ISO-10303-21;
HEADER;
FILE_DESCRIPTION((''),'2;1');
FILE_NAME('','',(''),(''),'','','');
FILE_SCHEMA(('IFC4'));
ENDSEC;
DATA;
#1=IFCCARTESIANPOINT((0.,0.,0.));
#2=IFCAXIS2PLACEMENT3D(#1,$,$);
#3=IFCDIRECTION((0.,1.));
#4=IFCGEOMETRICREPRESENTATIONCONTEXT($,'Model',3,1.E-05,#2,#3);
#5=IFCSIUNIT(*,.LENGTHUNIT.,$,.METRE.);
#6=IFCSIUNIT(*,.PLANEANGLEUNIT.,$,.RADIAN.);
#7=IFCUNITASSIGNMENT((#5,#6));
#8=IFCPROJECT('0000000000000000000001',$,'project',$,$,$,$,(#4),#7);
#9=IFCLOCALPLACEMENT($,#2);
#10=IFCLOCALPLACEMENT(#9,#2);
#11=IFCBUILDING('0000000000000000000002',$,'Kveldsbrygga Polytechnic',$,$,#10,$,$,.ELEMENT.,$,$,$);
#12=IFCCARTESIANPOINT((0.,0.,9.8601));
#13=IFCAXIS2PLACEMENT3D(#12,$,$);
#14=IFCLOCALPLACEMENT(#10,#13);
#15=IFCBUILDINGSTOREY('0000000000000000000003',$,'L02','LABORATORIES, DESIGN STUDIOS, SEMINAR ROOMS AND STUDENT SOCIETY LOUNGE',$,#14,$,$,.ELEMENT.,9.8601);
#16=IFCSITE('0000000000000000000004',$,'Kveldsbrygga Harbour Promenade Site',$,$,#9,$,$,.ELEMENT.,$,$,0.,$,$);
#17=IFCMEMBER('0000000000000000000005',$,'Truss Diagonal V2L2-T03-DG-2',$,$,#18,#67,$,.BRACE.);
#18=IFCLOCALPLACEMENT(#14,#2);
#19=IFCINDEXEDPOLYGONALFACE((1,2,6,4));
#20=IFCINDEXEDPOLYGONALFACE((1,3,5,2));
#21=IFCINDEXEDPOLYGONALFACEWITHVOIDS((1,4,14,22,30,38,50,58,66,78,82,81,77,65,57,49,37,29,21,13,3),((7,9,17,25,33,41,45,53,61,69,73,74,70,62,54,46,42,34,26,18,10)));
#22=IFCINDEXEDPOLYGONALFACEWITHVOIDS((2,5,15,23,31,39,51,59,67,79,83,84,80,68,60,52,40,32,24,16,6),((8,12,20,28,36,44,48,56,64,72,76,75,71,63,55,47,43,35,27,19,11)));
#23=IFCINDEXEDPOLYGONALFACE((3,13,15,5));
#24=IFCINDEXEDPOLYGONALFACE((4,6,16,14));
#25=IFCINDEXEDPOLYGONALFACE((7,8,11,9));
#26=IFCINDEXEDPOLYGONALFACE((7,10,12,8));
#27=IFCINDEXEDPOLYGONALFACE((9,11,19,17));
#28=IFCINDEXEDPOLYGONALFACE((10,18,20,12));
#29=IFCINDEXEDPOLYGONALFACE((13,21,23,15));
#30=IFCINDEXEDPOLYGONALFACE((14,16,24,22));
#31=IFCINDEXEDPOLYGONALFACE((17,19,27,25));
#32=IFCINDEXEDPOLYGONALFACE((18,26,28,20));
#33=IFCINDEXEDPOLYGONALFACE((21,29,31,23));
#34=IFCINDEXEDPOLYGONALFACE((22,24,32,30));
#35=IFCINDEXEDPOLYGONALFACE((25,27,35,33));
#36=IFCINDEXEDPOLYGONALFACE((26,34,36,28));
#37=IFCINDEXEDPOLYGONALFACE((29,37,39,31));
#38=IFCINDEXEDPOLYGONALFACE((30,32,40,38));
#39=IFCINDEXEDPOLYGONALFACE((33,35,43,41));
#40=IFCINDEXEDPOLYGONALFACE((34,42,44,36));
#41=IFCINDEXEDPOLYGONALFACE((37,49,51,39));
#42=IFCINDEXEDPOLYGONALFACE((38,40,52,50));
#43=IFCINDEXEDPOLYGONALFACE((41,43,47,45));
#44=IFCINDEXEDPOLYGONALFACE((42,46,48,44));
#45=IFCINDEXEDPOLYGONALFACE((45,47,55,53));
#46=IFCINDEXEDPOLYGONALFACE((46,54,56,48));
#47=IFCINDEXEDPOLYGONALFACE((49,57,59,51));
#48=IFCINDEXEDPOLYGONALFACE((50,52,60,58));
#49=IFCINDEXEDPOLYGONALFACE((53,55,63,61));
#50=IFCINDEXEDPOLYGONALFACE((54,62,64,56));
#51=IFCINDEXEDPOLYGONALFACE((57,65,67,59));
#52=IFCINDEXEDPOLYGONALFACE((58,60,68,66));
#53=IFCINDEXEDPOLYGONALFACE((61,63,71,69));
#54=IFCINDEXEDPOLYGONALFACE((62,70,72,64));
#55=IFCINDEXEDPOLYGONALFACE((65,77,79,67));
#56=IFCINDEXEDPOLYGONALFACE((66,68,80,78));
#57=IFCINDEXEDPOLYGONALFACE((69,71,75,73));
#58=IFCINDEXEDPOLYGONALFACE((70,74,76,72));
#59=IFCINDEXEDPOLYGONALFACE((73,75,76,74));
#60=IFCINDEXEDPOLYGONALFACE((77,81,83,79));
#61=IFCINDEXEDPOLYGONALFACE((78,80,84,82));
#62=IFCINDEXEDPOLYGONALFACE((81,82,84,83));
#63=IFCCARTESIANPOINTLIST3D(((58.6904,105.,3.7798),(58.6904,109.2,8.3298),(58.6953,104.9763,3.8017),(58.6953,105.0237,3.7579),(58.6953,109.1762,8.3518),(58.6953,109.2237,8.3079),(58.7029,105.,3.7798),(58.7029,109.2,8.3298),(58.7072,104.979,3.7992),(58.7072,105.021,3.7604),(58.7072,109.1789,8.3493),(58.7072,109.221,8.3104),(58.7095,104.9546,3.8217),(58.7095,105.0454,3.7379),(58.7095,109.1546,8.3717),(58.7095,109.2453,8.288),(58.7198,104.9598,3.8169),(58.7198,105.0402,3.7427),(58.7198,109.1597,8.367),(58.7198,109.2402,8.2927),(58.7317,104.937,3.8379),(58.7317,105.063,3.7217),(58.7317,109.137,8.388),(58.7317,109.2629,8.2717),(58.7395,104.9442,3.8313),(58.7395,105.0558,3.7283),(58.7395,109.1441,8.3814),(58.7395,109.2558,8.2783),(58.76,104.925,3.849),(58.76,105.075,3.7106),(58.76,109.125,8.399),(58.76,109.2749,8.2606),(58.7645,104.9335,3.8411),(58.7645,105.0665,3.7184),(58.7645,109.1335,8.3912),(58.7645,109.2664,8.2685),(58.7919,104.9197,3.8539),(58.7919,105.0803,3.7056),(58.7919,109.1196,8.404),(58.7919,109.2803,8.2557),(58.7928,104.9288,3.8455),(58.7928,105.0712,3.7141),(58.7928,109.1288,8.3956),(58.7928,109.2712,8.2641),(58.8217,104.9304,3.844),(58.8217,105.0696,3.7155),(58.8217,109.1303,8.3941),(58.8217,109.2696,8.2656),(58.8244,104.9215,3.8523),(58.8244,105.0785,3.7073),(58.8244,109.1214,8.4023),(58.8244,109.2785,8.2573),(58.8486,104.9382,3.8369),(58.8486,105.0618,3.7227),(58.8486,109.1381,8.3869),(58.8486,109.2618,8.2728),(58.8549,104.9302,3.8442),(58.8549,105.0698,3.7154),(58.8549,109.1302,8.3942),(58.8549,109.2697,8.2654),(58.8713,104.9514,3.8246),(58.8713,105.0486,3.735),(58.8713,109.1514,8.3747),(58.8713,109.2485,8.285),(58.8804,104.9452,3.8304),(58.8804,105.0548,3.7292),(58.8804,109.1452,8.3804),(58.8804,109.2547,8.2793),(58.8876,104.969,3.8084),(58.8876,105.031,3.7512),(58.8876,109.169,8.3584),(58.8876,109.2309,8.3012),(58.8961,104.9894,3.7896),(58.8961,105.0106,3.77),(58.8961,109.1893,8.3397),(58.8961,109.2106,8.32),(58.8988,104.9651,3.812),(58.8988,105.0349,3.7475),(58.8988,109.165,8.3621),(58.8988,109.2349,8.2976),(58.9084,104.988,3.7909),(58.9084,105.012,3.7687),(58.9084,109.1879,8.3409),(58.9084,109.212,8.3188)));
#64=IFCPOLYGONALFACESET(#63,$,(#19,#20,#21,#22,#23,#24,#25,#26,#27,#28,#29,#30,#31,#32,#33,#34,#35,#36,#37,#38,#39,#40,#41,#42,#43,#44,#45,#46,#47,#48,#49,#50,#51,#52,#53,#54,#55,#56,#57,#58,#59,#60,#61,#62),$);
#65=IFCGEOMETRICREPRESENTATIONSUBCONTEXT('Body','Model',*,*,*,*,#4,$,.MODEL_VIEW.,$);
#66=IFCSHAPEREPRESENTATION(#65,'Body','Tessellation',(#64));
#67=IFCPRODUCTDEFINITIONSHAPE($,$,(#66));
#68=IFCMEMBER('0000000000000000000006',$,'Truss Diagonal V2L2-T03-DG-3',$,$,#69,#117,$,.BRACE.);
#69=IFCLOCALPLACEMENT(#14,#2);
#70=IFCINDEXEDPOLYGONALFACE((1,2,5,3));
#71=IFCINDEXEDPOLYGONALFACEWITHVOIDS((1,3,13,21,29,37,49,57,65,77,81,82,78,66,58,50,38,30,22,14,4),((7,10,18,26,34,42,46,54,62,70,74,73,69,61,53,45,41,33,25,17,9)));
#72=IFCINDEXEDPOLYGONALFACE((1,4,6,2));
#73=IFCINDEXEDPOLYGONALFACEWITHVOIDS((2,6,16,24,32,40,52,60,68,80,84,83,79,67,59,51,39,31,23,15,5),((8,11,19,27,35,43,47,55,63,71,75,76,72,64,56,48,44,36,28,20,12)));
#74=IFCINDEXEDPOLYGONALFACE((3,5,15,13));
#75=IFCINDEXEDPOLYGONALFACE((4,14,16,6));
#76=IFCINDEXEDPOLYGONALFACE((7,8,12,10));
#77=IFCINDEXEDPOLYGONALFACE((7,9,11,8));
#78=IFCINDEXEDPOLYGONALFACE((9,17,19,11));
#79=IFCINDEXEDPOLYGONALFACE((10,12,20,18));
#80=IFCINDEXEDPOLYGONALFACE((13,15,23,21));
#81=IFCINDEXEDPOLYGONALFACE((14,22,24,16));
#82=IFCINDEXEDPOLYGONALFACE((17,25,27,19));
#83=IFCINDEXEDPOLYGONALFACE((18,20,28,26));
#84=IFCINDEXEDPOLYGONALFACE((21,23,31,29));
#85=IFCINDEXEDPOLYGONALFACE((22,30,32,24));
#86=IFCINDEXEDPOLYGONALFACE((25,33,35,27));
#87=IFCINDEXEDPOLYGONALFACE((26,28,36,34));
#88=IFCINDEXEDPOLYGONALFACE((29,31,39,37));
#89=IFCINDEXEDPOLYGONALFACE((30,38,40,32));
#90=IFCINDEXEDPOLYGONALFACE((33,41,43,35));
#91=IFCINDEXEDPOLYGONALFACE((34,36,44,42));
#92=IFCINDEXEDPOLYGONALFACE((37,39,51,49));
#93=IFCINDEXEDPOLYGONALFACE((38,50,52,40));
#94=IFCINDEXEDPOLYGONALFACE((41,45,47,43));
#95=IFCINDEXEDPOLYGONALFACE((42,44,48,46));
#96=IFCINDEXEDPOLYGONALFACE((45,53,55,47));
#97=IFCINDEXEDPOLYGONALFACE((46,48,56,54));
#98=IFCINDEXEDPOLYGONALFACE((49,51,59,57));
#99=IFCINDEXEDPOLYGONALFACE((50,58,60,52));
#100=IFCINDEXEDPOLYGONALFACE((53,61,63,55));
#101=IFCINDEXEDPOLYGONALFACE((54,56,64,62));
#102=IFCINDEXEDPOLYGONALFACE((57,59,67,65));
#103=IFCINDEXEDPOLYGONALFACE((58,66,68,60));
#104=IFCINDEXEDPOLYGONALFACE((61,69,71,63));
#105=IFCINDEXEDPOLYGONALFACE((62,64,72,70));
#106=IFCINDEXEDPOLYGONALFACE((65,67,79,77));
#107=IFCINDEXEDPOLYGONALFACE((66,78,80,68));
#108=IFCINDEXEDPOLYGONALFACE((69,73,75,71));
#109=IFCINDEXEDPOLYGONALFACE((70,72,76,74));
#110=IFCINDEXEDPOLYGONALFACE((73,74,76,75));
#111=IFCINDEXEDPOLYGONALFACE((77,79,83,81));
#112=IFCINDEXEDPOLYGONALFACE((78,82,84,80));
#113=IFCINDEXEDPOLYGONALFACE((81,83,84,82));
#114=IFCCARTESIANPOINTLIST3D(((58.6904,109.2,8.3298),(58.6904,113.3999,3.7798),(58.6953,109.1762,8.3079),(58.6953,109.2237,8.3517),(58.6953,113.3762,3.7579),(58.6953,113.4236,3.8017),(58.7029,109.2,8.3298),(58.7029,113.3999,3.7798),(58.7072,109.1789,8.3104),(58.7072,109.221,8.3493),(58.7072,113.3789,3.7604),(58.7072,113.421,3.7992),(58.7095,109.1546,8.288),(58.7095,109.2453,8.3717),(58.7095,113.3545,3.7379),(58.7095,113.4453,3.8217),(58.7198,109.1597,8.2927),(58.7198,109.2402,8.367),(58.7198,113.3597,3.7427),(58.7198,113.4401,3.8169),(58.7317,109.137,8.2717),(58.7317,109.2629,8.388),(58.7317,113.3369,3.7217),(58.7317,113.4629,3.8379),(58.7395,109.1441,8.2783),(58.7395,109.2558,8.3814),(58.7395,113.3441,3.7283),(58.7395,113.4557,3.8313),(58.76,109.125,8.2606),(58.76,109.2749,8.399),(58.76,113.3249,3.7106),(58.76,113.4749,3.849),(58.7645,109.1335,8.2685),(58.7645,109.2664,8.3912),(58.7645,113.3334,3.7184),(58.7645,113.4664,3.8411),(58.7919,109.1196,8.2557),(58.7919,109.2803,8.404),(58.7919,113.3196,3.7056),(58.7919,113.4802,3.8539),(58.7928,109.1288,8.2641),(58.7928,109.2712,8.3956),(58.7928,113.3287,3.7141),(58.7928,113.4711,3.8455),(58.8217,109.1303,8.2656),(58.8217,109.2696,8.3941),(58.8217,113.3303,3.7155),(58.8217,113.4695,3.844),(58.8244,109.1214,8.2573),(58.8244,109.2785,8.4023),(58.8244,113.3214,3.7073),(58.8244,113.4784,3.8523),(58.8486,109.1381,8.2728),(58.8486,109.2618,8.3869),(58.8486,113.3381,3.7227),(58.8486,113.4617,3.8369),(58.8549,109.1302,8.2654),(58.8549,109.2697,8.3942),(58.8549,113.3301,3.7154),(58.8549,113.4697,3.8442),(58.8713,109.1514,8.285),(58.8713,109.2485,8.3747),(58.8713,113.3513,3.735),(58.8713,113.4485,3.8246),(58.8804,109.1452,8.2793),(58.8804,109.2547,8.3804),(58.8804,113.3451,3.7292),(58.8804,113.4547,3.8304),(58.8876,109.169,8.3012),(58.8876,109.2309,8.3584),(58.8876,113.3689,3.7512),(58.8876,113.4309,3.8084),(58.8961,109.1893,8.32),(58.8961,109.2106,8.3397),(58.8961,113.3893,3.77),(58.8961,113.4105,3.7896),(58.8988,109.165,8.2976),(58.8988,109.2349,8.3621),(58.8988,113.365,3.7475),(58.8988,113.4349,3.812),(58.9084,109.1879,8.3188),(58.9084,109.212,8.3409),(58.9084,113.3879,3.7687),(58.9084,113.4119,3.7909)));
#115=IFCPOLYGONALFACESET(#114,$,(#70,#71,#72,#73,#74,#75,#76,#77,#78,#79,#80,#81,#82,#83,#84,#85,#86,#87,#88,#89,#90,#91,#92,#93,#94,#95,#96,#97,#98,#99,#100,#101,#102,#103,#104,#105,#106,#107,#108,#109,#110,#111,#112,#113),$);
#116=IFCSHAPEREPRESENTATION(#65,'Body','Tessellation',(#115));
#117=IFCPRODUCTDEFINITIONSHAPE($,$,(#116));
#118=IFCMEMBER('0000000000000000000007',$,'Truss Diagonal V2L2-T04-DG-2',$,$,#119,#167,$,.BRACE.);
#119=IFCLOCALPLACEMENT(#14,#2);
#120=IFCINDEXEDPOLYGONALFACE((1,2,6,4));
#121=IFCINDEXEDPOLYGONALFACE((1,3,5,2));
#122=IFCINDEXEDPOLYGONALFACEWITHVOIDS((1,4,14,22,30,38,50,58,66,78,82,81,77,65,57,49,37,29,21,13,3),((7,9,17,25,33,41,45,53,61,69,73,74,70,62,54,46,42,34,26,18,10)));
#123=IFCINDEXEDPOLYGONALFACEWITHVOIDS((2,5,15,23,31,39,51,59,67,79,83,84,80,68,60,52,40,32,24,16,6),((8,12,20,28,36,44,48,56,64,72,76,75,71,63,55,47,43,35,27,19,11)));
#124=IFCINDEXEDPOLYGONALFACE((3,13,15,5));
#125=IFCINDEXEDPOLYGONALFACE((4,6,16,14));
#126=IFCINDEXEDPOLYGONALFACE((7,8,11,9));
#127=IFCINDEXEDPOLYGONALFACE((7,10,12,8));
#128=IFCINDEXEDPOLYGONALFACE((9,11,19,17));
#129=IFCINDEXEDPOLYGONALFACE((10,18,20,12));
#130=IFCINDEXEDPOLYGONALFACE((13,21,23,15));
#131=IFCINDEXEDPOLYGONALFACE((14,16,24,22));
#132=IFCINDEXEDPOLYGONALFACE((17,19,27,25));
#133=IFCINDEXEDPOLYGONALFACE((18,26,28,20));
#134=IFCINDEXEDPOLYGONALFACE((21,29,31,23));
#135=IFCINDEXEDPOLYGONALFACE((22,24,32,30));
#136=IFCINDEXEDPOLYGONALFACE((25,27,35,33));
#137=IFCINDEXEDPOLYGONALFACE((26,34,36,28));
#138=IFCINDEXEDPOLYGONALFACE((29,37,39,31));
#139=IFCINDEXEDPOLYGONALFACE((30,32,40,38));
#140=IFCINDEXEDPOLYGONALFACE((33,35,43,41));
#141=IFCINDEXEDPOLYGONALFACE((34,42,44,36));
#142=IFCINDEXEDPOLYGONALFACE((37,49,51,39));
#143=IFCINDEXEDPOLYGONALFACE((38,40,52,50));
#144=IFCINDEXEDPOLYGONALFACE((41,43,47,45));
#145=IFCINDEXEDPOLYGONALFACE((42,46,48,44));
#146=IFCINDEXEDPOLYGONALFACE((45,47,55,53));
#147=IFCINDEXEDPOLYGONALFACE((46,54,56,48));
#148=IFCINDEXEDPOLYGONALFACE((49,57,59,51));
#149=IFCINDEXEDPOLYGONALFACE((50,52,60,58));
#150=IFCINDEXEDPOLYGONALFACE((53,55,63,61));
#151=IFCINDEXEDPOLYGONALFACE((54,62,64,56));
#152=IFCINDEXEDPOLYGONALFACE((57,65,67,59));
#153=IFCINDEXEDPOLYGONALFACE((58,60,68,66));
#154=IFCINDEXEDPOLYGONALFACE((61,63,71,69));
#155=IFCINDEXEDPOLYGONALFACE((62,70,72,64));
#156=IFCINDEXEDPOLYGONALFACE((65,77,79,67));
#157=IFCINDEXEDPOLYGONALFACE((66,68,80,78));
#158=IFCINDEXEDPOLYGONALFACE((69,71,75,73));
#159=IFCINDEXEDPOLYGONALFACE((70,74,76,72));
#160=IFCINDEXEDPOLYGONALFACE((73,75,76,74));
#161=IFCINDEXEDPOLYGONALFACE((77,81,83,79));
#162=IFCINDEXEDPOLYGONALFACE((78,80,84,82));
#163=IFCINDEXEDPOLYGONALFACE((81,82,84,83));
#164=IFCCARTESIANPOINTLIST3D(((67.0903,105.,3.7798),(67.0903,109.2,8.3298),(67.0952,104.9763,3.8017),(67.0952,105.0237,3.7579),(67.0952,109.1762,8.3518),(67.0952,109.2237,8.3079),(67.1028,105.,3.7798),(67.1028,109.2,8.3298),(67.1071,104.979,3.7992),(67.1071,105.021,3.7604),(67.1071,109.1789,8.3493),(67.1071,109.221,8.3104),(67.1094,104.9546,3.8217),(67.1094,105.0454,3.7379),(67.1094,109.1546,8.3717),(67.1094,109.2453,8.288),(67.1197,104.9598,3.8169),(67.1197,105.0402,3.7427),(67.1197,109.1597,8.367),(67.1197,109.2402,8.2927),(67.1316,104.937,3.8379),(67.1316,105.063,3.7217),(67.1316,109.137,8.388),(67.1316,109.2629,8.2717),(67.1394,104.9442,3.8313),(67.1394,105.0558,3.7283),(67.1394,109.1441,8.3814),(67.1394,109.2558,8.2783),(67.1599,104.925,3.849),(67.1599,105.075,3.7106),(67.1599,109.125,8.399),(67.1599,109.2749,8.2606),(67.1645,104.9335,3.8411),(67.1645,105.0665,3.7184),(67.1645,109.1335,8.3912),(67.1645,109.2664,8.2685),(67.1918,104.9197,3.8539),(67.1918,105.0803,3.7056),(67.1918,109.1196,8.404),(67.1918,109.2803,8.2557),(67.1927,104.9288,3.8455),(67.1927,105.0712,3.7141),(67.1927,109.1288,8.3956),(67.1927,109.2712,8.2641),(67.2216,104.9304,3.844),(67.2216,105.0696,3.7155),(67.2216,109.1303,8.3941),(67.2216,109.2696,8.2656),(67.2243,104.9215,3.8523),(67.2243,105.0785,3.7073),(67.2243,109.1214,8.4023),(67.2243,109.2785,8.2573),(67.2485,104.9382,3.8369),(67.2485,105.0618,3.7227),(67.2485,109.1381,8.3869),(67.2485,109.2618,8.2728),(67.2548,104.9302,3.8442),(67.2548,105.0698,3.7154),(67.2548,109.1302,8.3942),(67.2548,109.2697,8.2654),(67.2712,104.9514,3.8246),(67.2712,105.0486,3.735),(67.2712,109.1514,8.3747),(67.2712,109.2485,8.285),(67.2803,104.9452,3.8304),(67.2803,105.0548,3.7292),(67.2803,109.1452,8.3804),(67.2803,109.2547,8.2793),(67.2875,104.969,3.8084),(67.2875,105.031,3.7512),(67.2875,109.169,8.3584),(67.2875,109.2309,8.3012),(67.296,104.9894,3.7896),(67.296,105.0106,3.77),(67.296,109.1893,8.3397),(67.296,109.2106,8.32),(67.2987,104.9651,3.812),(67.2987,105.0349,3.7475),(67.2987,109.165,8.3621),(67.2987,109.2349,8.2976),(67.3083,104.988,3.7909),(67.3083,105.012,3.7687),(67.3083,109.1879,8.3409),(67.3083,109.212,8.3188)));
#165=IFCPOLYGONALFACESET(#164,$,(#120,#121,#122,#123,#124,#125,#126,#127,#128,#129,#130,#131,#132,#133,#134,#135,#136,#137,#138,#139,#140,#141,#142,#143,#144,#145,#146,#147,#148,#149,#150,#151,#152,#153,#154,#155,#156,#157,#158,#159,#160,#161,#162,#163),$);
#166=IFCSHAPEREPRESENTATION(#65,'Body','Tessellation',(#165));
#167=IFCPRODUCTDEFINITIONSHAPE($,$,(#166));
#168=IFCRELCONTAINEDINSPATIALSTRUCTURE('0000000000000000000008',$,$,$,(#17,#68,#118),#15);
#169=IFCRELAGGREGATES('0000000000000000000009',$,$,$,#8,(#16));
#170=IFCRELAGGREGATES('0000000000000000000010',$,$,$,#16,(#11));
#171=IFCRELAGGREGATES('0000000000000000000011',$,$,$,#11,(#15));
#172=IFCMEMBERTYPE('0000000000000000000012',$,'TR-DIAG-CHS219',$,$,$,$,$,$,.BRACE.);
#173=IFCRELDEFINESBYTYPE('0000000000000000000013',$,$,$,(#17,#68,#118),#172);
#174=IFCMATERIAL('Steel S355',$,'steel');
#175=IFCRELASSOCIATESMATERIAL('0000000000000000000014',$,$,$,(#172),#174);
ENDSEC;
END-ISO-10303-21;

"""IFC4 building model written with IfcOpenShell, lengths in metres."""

from ifc_helpers import new_model, si_unit, direction, frame, origin, origin_2d, place, context, subcontext, project, spatial, hollow_circle, extrude, material, material_profile, profile_set, type_object, element, save


model = new_model("IFC4")

# Units and contexts
model_context = context("Model", 3, precision=1e-05, world=origin(), true_north=direction((0.0, 1.0)))
body_context = subcontext(model_context, "Body", "Model", "MODEL_VIEW")
ifc_project = project(units=[si_unit("LENGTHUNIT", "METRE"), si_unit("PLANEANGLEUNIT", "RADIAN")], contexts=[model_context])

# Site, building, storey
site_placement = place(None, origin())
site = spatial("IfcSite", under=ifc_project, at=site_placement, Name="Kveldsbrygga Harbour Promenade Site", CompositionType="ELEMENT", RefElevation=0.0)
building_placement = place(site_placement, origin())
building = spatial("IfcBuilding", under=site, at=building_placement, Name="Kveldsbrygga Polytechnic", CompositionType="ELEMENT")
storey_placement = place(building_placement, frame((0.0, 0.0, 9.8601)))
storey = spatial("IfcBuildingStorey", under=building, at=storey_placement, Name="L02", Description="LABORATORIES, DESIGN STUDIOS, SEMINAR ROOMS AND STUDENT SOCIETY LOUNGE", CompositionType="ELEMENT", Elevation=9.8601)

# Members
ifc_material_1 = material(Name="Steel S355", Category="steel")
ifc_material_profile_1 = material_profile(ifc_material_1, hollow_circle(Radius=0.1096, WallThickness=0.0125, at=origin_2d()), Name="CHS 219.1x12.5")
ifc_profile_set_1 = profile_set([ifc_material_profile_1], Name="Steel S355")
member_type_1 = type_object("IfcMemberType", Name="TR-DIAG-CHS219", PredefinedType="BRACE", material=ifc_profile_set_1)
for number, where, z_axis, x_axis, name in (
    (1, (58.8, 105.0, 3.7798), (0.0, 0.678272, 0.734811), (-1.0, 0.0, 0.0), "Truss Diagonal V2L2-T03-DG-2"),
    (2, (58.8, 109.2, 8.3298), (0.0, 0.678272, -0.734811), (-1.0, 0.0, 0.0), "Truss Diagonal V2L2-T03-DG-3"),
    (3, (67.2, 105.0, 3.7798), (0.0, 0.678272, 0.734811), (-1.0, 0.0, 0.0), "Truss Diagonal V2L2-T04-DG-2"),
):
    element("IfcMember", number, at=place(storey_placement, frame(where, z_axis=z_axis, x_axis=x_axis)), inside=storey, type_object=member_type_1, Name=name, PredefinedType="BRACE", context=body_context, shape_type="SweptSolid", body=[
        extrude(hollow_circle(Radius=0.1096, WallThickness=0.0125, at=origin_2d()), origin(), (0.0, 0.0, 1.0), 6.1921),
    ])

save(model, "model.ifc")
